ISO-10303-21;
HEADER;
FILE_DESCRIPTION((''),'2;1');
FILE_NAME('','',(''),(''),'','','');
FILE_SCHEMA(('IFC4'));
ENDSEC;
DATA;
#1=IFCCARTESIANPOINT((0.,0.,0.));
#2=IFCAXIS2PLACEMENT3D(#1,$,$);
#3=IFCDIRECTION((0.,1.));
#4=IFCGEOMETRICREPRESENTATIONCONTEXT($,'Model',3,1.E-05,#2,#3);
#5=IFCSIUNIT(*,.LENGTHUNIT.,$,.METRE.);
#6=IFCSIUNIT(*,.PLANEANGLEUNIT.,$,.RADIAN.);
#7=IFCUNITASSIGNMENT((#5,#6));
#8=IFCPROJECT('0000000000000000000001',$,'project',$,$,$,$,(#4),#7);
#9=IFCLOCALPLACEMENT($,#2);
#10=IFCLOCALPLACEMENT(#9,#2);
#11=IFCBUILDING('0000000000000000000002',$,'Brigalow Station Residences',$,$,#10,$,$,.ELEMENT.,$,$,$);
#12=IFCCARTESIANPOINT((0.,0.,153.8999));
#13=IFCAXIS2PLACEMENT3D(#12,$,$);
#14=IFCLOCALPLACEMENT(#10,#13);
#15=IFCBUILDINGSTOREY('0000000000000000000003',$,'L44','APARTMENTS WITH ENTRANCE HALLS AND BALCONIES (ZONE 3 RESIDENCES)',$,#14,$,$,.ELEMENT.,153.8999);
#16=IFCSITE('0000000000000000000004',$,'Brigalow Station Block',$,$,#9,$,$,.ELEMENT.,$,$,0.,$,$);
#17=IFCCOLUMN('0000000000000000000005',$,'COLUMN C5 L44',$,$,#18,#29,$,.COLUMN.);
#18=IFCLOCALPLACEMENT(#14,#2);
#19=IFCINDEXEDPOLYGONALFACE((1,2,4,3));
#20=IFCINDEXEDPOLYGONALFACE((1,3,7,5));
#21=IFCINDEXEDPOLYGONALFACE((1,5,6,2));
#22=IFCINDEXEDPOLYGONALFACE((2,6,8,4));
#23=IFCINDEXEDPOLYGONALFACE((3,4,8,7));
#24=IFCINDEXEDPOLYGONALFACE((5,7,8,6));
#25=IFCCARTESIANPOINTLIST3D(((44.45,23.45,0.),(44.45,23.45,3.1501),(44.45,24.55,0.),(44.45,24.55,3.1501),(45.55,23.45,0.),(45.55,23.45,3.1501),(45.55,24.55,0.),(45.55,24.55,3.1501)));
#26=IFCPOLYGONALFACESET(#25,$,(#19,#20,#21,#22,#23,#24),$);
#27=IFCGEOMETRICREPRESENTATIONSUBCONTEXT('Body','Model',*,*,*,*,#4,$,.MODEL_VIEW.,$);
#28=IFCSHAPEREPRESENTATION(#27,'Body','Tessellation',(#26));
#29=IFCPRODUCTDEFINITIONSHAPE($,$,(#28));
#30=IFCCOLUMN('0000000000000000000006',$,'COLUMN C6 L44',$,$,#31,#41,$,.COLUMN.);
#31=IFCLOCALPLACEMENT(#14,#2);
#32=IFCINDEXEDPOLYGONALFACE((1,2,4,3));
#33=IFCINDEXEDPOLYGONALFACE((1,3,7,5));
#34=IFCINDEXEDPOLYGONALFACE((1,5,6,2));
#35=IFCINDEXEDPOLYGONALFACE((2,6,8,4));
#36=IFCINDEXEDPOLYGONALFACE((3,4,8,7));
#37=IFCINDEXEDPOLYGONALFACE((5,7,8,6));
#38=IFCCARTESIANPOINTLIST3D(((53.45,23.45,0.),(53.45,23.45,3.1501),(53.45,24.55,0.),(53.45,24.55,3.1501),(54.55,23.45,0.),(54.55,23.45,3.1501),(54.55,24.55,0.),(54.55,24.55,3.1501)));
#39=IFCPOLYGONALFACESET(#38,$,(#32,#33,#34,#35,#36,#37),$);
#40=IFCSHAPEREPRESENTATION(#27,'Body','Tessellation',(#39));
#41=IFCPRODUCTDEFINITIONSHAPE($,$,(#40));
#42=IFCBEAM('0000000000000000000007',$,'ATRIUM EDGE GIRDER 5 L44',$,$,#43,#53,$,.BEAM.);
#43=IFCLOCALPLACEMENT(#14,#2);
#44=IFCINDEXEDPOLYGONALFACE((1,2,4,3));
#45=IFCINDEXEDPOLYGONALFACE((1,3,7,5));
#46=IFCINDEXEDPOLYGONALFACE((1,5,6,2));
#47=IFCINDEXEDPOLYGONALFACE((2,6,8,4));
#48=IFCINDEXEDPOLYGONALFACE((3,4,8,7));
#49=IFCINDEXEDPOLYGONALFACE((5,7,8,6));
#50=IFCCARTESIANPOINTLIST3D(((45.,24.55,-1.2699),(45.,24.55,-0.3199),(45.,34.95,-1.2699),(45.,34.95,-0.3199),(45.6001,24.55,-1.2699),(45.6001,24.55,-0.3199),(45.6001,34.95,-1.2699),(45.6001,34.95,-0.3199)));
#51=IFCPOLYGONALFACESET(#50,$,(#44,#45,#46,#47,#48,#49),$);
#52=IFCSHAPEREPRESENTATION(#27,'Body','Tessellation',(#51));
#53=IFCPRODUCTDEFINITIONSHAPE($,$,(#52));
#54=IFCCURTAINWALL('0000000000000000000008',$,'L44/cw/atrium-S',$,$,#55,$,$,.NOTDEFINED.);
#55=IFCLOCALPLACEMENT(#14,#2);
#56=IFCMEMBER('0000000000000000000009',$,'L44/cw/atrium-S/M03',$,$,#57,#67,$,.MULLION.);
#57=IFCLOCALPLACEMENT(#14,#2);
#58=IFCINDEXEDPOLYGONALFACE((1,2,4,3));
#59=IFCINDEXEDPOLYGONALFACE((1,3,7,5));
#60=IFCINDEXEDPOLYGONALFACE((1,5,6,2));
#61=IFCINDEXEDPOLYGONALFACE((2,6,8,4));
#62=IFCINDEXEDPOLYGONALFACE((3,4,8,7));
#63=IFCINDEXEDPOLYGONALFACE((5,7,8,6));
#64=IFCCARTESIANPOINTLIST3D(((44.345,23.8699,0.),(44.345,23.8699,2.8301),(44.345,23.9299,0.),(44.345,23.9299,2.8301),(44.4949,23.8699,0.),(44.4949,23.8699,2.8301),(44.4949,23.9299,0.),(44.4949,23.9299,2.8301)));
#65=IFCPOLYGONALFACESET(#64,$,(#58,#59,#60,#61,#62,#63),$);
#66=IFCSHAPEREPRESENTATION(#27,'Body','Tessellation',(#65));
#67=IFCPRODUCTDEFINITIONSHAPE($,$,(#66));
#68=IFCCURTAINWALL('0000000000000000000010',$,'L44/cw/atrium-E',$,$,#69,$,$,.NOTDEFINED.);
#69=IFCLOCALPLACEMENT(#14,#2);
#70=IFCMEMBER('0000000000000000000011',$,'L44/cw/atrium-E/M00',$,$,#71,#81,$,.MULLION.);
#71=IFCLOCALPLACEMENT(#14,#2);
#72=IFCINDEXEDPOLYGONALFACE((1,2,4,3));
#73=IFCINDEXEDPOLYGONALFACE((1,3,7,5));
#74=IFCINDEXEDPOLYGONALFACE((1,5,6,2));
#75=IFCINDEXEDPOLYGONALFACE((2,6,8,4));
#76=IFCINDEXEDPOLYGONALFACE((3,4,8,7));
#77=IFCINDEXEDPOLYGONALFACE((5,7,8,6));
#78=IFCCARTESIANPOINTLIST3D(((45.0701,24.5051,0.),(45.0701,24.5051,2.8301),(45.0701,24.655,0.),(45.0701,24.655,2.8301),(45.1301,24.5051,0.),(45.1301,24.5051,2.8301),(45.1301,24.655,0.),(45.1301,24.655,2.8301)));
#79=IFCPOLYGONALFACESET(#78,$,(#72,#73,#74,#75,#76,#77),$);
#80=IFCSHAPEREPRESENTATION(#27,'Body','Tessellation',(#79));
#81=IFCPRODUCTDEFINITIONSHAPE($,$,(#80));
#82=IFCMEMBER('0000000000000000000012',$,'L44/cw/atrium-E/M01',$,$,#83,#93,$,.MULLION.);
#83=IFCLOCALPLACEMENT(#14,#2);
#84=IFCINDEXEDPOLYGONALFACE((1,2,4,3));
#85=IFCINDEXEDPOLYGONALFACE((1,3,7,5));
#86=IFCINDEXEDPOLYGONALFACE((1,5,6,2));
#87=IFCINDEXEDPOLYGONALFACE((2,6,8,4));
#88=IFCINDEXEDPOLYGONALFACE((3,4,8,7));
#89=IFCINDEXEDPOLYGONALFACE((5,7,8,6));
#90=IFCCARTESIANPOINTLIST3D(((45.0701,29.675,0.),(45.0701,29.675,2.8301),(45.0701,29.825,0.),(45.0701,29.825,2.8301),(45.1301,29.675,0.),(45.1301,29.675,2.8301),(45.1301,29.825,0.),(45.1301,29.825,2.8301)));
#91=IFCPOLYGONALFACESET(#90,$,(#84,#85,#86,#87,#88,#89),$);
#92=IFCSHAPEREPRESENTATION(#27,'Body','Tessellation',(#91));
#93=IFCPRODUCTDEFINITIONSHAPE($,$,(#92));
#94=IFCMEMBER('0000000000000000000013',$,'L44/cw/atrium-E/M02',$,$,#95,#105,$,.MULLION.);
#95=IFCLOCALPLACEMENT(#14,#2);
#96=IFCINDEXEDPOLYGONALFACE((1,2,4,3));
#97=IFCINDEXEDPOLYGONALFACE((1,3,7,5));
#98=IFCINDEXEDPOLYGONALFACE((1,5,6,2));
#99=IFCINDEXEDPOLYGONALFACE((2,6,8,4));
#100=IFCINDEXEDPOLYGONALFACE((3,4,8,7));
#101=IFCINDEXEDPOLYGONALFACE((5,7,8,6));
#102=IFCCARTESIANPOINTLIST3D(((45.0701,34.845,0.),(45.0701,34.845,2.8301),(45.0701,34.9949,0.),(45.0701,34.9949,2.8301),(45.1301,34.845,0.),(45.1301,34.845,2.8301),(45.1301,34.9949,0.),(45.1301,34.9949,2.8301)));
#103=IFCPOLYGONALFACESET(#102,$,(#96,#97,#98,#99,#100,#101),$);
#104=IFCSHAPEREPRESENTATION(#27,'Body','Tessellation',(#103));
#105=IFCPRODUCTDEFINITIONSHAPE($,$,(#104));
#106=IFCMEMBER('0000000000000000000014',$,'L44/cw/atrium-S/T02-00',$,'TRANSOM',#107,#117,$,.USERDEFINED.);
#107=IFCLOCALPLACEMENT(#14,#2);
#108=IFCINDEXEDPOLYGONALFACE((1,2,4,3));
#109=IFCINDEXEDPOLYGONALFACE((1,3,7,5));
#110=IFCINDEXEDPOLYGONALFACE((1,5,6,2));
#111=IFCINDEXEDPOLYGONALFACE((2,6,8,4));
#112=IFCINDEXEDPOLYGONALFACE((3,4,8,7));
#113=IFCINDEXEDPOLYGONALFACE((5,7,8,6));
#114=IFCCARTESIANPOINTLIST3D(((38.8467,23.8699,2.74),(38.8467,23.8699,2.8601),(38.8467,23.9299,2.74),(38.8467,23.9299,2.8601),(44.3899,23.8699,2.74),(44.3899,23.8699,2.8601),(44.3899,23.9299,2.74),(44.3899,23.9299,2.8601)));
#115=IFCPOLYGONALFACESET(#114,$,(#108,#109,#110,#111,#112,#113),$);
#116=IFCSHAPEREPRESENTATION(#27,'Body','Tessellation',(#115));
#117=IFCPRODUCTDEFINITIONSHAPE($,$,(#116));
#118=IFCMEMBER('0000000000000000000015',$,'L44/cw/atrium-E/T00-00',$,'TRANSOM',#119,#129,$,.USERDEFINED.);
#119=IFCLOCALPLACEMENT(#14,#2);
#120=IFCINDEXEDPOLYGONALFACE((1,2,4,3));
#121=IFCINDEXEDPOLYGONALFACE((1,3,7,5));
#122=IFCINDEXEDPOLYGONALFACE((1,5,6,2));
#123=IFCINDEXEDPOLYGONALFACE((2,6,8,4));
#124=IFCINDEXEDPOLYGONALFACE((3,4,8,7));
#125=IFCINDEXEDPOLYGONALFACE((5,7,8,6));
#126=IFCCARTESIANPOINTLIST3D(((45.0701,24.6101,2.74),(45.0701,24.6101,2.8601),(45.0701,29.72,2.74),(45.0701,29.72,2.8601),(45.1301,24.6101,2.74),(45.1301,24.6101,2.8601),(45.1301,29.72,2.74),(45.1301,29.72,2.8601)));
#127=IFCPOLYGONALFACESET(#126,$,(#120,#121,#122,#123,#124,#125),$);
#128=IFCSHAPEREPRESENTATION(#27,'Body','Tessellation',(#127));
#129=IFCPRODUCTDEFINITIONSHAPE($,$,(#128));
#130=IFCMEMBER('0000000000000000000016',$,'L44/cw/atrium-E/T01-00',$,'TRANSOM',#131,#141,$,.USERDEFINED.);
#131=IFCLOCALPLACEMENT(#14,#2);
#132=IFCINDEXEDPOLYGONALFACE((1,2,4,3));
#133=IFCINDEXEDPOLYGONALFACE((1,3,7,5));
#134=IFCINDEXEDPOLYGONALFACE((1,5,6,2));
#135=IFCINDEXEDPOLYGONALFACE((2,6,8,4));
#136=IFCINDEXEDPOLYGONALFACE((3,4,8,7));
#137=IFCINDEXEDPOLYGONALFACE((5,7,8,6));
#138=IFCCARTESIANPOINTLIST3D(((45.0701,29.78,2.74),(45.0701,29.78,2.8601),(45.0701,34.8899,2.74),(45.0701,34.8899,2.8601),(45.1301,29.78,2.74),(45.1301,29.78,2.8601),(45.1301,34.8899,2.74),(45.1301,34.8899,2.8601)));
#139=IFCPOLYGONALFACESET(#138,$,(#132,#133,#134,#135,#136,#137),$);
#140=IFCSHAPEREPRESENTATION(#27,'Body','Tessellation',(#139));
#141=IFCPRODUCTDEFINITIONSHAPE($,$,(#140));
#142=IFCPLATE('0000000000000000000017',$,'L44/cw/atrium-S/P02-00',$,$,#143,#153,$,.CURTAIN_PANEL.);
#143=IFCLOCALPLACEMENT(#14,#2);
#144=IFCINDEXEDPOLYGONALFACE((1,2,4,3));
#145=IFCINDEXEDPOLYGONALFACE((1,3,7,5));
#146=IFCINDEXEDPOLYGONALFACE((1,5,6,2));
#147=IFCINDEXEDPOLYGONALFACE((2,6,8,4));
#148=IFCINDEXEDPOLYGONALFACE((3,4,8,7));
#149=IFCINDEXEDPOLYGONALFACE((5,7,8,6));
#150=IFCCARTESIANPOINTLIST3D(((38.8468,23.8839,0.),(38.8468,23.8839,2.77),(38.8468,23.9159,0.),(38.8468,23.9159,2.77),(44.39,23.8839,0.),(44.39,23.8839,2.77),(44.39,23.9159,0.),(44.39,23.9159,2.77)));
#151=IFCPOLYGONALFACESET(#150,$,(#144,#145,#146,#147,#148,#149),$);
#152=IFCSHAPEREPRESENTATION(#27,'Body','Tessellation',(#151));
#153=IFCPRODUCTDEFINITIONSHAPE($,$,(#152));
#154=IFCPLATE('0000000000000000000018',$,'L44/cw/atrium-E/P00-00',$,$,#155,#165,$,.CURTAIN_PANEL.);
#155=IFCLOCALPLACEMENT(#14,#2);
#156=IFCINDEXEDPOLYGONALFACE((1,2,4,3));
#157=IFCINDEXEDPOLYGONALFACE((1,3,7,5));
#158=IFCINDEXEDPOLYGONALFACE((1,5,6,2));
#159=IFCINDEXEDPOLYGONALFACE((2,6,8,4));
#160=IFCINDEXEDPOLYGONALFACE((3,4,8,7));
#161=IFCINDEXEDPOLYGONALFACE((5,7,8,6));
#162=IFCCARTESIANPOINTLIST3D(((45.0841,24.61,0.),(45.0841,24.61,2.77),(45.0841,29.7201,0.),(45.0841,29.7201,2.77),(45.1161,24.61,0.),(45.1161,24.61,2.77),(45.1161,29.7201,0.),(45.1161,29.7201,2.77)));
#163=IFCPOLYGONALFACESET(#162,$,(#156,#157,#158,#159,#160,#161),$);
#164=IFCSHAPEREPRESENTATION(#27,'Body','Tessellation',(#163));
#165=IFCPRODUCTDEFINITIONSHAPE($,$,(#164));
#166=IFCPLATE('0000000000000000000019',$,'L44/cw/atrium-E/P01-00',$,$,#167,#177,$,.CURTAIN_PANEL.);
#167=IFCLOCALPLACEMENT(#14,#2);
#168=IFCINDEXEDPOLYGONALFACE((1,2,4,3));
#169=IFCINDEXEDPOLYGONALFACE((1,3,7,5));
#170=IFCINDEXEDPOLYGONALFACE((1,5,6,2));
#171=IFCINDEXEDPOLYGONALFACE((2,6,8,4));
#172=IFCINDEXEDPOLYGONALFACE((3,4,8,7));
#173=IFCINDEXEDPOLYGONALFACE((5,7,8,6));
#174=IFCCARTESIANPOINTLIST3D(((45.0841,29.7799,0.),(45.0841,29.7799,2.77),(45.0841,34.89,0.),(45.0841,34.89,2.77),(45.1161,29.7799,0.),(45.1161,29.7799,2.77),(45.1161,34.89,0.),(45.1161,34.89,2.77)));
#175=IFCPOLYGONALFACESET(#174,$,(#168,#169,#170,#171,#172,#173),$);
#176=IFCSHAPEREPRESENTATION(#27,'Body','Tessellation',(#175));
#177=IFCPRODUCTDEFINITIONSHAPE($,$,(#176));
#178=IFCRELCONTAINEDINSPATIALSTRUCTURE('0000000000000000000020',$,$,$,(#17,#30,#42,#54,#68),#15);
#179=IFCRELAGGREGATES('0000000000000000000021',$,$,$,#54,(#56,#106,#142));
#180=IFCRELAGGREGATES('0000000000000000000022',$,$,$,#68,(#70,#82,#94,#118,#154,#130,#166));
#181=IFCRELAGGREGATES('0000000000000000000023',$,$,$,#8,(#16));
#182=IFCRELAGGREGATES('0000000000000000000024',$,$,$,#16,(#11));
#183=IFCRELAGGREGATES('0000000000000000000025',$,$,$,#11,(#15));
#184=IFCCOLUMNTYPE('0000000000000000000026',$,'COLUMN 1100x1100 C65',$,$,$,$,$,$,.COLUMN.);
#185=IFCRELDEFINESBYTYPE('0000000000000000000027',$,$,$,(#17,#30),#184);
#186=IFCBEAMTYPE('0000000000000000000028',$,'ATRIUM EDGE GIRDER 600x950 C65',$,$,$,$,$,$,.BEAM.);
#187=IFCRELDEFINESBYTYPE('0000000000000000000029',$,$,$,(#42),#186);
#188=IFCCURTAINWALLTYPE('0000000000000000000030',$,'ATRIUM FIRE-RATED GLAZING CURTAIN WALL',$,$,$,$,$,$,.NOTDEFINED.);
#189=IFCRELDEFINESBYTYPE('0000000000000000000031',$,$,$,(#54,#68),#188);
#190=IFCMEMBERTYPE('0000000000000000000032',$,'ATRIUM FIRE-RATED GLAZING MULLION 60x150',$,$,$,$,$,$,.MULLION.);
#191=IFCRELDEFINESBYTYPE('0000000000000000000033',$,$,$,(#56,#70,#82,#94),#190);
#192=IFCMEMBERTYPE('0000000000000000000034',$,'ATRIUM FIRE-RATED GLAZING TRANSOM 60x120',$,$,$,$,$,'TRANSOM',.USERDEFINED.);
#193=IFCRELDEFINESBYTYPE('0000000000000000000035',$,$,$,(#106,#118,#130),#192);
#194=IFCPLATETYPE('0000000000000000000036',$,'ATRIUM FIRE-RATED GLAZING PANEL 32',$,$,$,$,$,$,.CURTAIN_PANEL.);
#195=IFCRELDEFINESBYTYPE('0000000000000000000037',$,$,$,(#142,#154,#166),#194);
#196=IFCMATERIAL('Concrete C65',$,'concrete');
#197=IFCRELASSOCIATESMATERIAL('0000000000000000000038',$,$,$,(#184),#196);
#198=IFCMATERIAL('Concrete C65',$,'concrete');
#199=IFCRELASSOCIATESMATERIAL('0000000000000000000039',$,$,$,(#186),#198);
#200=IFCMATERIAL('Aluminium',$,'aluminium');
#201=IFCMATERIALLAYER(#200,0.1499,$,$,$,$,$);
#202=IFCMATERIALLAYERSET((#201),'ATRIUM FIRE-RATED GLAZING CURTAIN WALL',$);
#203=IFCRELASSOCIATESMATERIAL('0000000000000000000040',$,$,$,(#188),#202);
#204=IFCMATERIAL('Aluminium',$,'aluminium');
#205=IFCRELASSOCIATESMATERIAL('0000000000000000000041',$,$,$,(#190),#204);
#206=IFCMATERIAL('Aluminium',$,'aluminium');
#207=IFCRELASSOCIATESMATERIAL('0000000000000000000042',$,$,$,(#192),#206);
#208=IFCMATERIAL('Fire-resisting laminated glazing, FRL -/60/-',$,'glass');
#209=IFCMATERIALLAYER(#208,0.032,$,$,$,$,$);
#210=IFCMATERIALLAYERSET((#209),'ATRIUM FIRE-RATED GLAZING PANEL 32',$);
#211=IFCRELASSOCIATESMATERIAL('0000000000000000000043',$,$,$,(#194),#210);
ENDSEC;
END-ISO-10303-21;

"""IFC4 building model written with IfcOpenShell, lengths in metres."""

from ifc_helpers import new_model, si_unit, direction, frame, origin, origin_2d, place, context, subcontext, project, spatial, rectangle, extrude, material, layer, layer_set, material_profile, profile_set, type_object, element, aggregate, save


model = new_model("IFC4")

# Units and contexts
model_context = context("Model", 3, precision=1e-05, world=origin(), true_north=direction((0.0, 1.0)))
body_context = subcontext(model_context, "Body", "Model", "MODEL_VIEW")
ifc_project = project(units=[si_unit("LENGTHUNIT", "METRE"), si_unit("PLANEANGLEUNIT", "RADIAN")], contexts=[model_context])

# Site, building, storey
site_placement = place(None, origin())
site = spatial("IfcSite", under=ifc_project, at=site_placement, Name="Brigalow Station Block", CompositionType="ELEMENT", RefElevation=0.0)
building_placement = place(site_placement, origin())
building = spatial("IfcBuilding", under=site, at=building_placement, Name="Brigalow Station Residences", CompositionType="ELEMENT")
storey_placement = place(building_placement, frame((0.0, 0.0, 153.8999)))
storey = spatial("IfcBuildingStorey", under=building, at=storey_placement, Name="L44", Description="APARTMENTS WITH ENTRANCE HALLS AND BALCONIES (ZONE 3 RESIDENCES)", CompositionType="ELEMENT", Elevation=153.8999)

# Columns
ifc_material_1 = material(Name="Concrete C65", Category="concrete")
ifc_material_profile_1 = material_profile(ifc_material_1, rectangle(XDim=1.1001, YDim=1.1001, at=origin_2d()), Name="RC1100x1100")
ifc_profile_set_1 = profile_set([ifc_material_profile_1], Name="Concrete C65")
column_type = type_object("IfcColumnType", Name="COLUMN 1100x1100 C65", PredefinedType="COLUMN", material=ifc_profile_set_1)
for number, where, z_axis, x_axis, name in (
    (1, (45.0, 24.0, 0.0), (0.0, 0.0, 1.0), (1.0, 0.0, 0.0), "COLUMN C5 L44"),
    (2, (54.0, 24.0, 0.0), (0.0, 0.0, 1.0), (1.0, 0.0, 0.0), "COLUMN C6 L44"),
):
    element("IfcColumn", number, at=place(storey_placement, frame(where, z_axis=z_axis, x_axis=x_axis)), inside=storey, type_object=column_type, Name=name, PredefinedType="COLUMN", context=body_context, shape_type="SweptSolid", body=[
        extrude(rectangle(XDim=1.1001, YDim=1.1001, at=origin_2d()), origin(), (0.0, 0.0, 1.0), 3.1501),
    ])

# Beam
ifc_material_2 = material(Name="Concrete C65", Category="concrete")
ifc_material_profile_2 = material_profile(ifc_material_2, rectangle(XDim=0.6001, YDim=0.95, at=origin_2d()), Name="RC600x950")
ifc_profile_set_2 = profile_set([ifc_material_profile_2], Name="Concrete C65")
beam_type = type_object("IfcBeamType", Name="ATRIUM EDGE GIRDER 600x950 C65", PredefinedType="BEAM", material=ifc_profile_set_2)
beam_placement = place(storey_placement, frame((45.3, 24.55, -0.7949), z_axis=(0.0, 1.0, 0.0), x_axis=(-1.0, 0.0, 0.0)))
element("IfcBeam", 3, at=beam_placement, inside=storey, type_object=beam_type, Name="ATRIUM EDGE GIRDER 5 L44", PredefinedType="BEAM", context=body_context, shape_type="SweptSolid", body=[
    extrude(rectangle(XDim=0.6001, YDim=0.95, at=origin_2d()), origin(), (0.0, 0.0, 1.0), 10.3999),
])

# Curtain wall, member
ifc_material_3 = material(Name="Aluminium", Category="aluminium")
ifc_layer_1 = layer(ifc_material_3, 0.1499)
ifc_layer_set_1 = layer_set([ifc_layer_1], Name="ATRIUM FIRE-RATED GLAZING CURTAIN WALL")
curtain_wall_type = type_object("IfcCurtainWallType", Name="ATRIUM FIRE-RATED GLAZING CURTAIN WALL", PredefinedType="NOTDEFINED", material=ifc_layer_set_1)
curtain_wall_1_placement = place(storey_placement, origin())
curtain_wall_1 = element("IfcCurtainWall", 4, at=curtain_wall_1_placement, inside=storey, type_object=curtain_wall_type, Name="L44/cw/atrium-S", PredefinedType="NOTDEFINED")
ifc_material_4 = material(Name="Aluminium", Category="aluminium")
ifc_material_profile_3 = material_profile(ifc_material_4, rectangle(XDim=0.0601, YDim=0.1499, at=origin_2d()), Name="ATRIUM FIRE-RATED GLAZING MULLION 60x150")
ifc_profile_set_3 = profile_set([ifc_material_profile_3], Name="Aluminium")
member_type_1 = type_object("IfcMemberType", Name="ATRIUM FIRE-RATED GLAZING MULLION 60x150", PredefinedType="MULLION", material=ifc_profile_set_3)
member_1_placement = place(storey_placement, frame((44.4199, 23.8999, 0.0), z_axis=(0.0, 0.0, 1.0), x_axis=(0.0, 1.0, 0.0)))
member_1 = element("IfcMember", 5, at=member_1_placement, type_object=member_type_1, Name="L44/cw/atrium-S/M03", PredefinedType="MULLION", context=body_context, shape_type="SweptSolid", body=[
    extrude(rectangle(XDim=0.0601, YDim=0.1499, at=origin_2d()), origin(), (0.0, 0.0, 1.0), 2.8301),
])

# Curtain wall, members
curtain_wall_2_placement = place(storey_placement, origin())
curtain_wall_2 = element("IfcCurtainWall", 6, at=curtain_wall_2_placement, inside=storey, type_object=curtain_wall_type, Name="L44/cw/atrium-E", PredefinedType="NOTDEFINED")
member_2_placement = place(storey_placement, frame((45.1001, 24.5801, 0.0), z_axis=(0.0, 0.0, 1.0), x_axis=(-1.0, 0.0, 0.0)))
member_2 = element("IfcMember", 7, at=member_2_placement, type_object=member_type_1, Name="L44/cw/atrium-E/M00", PredefinedType="MULLION", context=body_context, shape_type="SweptSolid", body=[
    extrude(rectangle(XDim=0.0601, YDim=0.1499, at=origin_2d()), origin(), (0.0, 0.0, 1.0), 2.8301),
])
member_3_placement = place(storey_placement, frame((45.1001, 29.75, 0.0), z_axis=(0.0, 0.0, 1.0), x_axis=(-1.0, 0.0, 0.0)))
member_3 = element("IfcMember", 8, at=member_3_placement, type_object=member_type_1, Name="L44/cw/atrium-E/M01", PredefinedType="MULLION", context=body_context, shape_type="SweptSolid", body=[
    extrude(rectangle(XDim=0.0601, YDim=0.1499, at=origin_2d()), origin(), (0.0, 0.0, 1.0), 2.8301),
])
member_4_placement = place(storey_placement, frame((45.1001, 34.9199, 0.0), z_axis=(0.0, 0.0, 1.0), x_axis=(-1.0, 0.0, 0.0)))
member_4 = element("IfcMember", 9, at=member_4_placement, type_object=member_type_1, Name="L44/cw/atrium-E/M02", PredefinedType="MULLION", context=body_context, shape_type="SweptSolid", body=[
    extrude(rectangle(XDim=0.0601, YDim=0.1499, at=origin_2d()), origin(), (0.0, 0.0, 1.0), 2.8301),
])

# Members
ifc_material_5 = material(Name="Aluminium", Category="aluminium")
ifc_material_profile_4 = material_profile(ifc_material_5, rectangle(XDim=0.0601, YDim=0.1201, at=origin_2d()), Name="ATRIUM FIRE-RATED GLAZING TRANSOM 60x120")
ifc_profile_set_4 = profile_set([ifc_material_profile_4], Name="Aluminium")
member_type_2 = type_object("IfcMemberType", Name="ATRIUM FIRE-RATED GLAZING TRANSOM 60x120", ElementType="TRANSOM", PredefinedType="USERDEFINED", material=ifc_profile_set_4)
member_5_placement = place(storey_placement, frame((38.8467, 23.8999, 2.8), z_axis=(1.0, 0.0, 0.0), x_axis=(0.0, 1.0, 0.0)))
member_5 = element("IfcMember", 10, at=member_5_placement, type_object=member_type_2, Name="L44/cw/atrium-S/T02-00", ObjectType="TRANSOM", PredefinedType="USERDEFINED", context=body_context, shape_type="SweptSolid", body=[
    extrude(rectangle(XDim=0.0601, YDim=0.1201, at=origin_2d()), origin(), (0.0, 0.0, 1.0), 5.5432),
])
member_6_placement = place(storey_placement, frame((45.1001, 24.6101, 2.8), z_axis=(0.0, 1.0, 0.0), x_axis=(-1.0, 0.0, 0.0)))
member_6 = element("IfcMember", 11, at=member_6_placement, type_object=member_type_2, Name="L44/cw/atrium-E/T00-00", ObjectType="TRANSOM", PredefinedType="USERDEFINED", context=body_context, shape_type="SweptSolid", body=[
    extrude(rectangle(XDim=0.0601, YDim=0.1201, at=origin_2d()), origin(), (0.0, 0.0, 1.0), 5.1099),
])
member_7_placement = place(storey_placement, frame((45.1001, 29.78, 2.8), z_axis=(0.0, 1.0, 0.0), x_axis=(-1.0, 0.0, 0.0)))
member_7 = element("IfcMember", 12, at=member_7_placement, type_object=member_type_2, Name="L44/cw/atrium-E/T01-00", ObjectType="TRANSOM", PredefinedType="USERDEFINED", context=body_context, shape_type="SweptSolid", body=[
    extrude(rectangle(XDim=0.0601, YDim=0.1201, at=origin_2d()), origin(), (0.0, 0.0, 1.0), 5.1099),
])

# Plates
ifc_material_6 = material(Name="Fire-resisting laminated glazing, FRL -/60/-", Category="glass")
ifc_layer_2 = layer(ifc_material_6, 0.032)
ifc_layer_set_2 = layer_set([ifc_layer_2], Name="ATRIUM FIRE-RATED GLAZING PANEL 32")
plate_type = type_object("IfcPlateType", Name="ATRIUM FIRE-RATED GLAZING PANEL 32", PredefinedType="CURTAIN_PANEL", material=ifc_layer_set_2)
plate_1_placement = place(storey_placement, frame((41.6184, 23.8999, 0.0), z_axis=(0.0, 0.0, 1.0), x_axis=(1.0, 0.0, 0.0)))
plate_1 = element("IfcPlate", 13, at=plate_1_placement, type_object=plate_type, Name="L44/cw/atrium-S/P02-00", PredefinedType="CURTAIN_PANEL", context=body_context, shape_type="SweptSolid", body=[
    extrude(rectangle(XDim=5.5432, YDim=0.032, at=origin_2d()), origin(), (0.0, 0.0, 1.0), 2.77),
])
aggregate(curtain_wall_1, [member_1, member_5, plate_1])
plate_2_placement = place(storey_placement, frame((45.1001, 27.165, 0.0), z_axis=(0.0, 0.0, 1.0), x_axis=(0.0, 1.0, 0.0)))
plate_2 = element("IfcPlate", 14, at=plate_2_placement, type_object=plate_type, Name="L44/cw/atrium-E/P00-00", PredefinedType="CURTAIN_PANEL", context=body_context, shape_type="SweptSolid", body=[
    extrude(rectangle(XDim=5.1101, YDim=0.032, at=origin_2d()), origin(), (0.0, 0.0, 1.0), 2.77),
])
plate_3_placement = place(storey_placement, frame((45.1001, 32.335, 0.0), z_axis=(0.0, 0.0, 1.0), x_axis=(0.0, 1.0, 0.0)))
plate_3 = element("IfcPlate", 15, at=plate_3_placement, type_object=plate_type, Name="L44/cw/atrium-E/P01-00", PredefinedType="CURTAIN_PANEL", context=body_context, shape_type="SweptSolid", body=[
    extrude(rectangle(XDim=5.1101, YDim=0.032, at=origin_2d()), origin(), (0.0, 0.0, 1.0), 2.77),
])
aggregate(curtain_wall_2, [member_2, member_3, member_4, member_6, plate_2, member_7, plate_3])

save(model, "model.ifc")
